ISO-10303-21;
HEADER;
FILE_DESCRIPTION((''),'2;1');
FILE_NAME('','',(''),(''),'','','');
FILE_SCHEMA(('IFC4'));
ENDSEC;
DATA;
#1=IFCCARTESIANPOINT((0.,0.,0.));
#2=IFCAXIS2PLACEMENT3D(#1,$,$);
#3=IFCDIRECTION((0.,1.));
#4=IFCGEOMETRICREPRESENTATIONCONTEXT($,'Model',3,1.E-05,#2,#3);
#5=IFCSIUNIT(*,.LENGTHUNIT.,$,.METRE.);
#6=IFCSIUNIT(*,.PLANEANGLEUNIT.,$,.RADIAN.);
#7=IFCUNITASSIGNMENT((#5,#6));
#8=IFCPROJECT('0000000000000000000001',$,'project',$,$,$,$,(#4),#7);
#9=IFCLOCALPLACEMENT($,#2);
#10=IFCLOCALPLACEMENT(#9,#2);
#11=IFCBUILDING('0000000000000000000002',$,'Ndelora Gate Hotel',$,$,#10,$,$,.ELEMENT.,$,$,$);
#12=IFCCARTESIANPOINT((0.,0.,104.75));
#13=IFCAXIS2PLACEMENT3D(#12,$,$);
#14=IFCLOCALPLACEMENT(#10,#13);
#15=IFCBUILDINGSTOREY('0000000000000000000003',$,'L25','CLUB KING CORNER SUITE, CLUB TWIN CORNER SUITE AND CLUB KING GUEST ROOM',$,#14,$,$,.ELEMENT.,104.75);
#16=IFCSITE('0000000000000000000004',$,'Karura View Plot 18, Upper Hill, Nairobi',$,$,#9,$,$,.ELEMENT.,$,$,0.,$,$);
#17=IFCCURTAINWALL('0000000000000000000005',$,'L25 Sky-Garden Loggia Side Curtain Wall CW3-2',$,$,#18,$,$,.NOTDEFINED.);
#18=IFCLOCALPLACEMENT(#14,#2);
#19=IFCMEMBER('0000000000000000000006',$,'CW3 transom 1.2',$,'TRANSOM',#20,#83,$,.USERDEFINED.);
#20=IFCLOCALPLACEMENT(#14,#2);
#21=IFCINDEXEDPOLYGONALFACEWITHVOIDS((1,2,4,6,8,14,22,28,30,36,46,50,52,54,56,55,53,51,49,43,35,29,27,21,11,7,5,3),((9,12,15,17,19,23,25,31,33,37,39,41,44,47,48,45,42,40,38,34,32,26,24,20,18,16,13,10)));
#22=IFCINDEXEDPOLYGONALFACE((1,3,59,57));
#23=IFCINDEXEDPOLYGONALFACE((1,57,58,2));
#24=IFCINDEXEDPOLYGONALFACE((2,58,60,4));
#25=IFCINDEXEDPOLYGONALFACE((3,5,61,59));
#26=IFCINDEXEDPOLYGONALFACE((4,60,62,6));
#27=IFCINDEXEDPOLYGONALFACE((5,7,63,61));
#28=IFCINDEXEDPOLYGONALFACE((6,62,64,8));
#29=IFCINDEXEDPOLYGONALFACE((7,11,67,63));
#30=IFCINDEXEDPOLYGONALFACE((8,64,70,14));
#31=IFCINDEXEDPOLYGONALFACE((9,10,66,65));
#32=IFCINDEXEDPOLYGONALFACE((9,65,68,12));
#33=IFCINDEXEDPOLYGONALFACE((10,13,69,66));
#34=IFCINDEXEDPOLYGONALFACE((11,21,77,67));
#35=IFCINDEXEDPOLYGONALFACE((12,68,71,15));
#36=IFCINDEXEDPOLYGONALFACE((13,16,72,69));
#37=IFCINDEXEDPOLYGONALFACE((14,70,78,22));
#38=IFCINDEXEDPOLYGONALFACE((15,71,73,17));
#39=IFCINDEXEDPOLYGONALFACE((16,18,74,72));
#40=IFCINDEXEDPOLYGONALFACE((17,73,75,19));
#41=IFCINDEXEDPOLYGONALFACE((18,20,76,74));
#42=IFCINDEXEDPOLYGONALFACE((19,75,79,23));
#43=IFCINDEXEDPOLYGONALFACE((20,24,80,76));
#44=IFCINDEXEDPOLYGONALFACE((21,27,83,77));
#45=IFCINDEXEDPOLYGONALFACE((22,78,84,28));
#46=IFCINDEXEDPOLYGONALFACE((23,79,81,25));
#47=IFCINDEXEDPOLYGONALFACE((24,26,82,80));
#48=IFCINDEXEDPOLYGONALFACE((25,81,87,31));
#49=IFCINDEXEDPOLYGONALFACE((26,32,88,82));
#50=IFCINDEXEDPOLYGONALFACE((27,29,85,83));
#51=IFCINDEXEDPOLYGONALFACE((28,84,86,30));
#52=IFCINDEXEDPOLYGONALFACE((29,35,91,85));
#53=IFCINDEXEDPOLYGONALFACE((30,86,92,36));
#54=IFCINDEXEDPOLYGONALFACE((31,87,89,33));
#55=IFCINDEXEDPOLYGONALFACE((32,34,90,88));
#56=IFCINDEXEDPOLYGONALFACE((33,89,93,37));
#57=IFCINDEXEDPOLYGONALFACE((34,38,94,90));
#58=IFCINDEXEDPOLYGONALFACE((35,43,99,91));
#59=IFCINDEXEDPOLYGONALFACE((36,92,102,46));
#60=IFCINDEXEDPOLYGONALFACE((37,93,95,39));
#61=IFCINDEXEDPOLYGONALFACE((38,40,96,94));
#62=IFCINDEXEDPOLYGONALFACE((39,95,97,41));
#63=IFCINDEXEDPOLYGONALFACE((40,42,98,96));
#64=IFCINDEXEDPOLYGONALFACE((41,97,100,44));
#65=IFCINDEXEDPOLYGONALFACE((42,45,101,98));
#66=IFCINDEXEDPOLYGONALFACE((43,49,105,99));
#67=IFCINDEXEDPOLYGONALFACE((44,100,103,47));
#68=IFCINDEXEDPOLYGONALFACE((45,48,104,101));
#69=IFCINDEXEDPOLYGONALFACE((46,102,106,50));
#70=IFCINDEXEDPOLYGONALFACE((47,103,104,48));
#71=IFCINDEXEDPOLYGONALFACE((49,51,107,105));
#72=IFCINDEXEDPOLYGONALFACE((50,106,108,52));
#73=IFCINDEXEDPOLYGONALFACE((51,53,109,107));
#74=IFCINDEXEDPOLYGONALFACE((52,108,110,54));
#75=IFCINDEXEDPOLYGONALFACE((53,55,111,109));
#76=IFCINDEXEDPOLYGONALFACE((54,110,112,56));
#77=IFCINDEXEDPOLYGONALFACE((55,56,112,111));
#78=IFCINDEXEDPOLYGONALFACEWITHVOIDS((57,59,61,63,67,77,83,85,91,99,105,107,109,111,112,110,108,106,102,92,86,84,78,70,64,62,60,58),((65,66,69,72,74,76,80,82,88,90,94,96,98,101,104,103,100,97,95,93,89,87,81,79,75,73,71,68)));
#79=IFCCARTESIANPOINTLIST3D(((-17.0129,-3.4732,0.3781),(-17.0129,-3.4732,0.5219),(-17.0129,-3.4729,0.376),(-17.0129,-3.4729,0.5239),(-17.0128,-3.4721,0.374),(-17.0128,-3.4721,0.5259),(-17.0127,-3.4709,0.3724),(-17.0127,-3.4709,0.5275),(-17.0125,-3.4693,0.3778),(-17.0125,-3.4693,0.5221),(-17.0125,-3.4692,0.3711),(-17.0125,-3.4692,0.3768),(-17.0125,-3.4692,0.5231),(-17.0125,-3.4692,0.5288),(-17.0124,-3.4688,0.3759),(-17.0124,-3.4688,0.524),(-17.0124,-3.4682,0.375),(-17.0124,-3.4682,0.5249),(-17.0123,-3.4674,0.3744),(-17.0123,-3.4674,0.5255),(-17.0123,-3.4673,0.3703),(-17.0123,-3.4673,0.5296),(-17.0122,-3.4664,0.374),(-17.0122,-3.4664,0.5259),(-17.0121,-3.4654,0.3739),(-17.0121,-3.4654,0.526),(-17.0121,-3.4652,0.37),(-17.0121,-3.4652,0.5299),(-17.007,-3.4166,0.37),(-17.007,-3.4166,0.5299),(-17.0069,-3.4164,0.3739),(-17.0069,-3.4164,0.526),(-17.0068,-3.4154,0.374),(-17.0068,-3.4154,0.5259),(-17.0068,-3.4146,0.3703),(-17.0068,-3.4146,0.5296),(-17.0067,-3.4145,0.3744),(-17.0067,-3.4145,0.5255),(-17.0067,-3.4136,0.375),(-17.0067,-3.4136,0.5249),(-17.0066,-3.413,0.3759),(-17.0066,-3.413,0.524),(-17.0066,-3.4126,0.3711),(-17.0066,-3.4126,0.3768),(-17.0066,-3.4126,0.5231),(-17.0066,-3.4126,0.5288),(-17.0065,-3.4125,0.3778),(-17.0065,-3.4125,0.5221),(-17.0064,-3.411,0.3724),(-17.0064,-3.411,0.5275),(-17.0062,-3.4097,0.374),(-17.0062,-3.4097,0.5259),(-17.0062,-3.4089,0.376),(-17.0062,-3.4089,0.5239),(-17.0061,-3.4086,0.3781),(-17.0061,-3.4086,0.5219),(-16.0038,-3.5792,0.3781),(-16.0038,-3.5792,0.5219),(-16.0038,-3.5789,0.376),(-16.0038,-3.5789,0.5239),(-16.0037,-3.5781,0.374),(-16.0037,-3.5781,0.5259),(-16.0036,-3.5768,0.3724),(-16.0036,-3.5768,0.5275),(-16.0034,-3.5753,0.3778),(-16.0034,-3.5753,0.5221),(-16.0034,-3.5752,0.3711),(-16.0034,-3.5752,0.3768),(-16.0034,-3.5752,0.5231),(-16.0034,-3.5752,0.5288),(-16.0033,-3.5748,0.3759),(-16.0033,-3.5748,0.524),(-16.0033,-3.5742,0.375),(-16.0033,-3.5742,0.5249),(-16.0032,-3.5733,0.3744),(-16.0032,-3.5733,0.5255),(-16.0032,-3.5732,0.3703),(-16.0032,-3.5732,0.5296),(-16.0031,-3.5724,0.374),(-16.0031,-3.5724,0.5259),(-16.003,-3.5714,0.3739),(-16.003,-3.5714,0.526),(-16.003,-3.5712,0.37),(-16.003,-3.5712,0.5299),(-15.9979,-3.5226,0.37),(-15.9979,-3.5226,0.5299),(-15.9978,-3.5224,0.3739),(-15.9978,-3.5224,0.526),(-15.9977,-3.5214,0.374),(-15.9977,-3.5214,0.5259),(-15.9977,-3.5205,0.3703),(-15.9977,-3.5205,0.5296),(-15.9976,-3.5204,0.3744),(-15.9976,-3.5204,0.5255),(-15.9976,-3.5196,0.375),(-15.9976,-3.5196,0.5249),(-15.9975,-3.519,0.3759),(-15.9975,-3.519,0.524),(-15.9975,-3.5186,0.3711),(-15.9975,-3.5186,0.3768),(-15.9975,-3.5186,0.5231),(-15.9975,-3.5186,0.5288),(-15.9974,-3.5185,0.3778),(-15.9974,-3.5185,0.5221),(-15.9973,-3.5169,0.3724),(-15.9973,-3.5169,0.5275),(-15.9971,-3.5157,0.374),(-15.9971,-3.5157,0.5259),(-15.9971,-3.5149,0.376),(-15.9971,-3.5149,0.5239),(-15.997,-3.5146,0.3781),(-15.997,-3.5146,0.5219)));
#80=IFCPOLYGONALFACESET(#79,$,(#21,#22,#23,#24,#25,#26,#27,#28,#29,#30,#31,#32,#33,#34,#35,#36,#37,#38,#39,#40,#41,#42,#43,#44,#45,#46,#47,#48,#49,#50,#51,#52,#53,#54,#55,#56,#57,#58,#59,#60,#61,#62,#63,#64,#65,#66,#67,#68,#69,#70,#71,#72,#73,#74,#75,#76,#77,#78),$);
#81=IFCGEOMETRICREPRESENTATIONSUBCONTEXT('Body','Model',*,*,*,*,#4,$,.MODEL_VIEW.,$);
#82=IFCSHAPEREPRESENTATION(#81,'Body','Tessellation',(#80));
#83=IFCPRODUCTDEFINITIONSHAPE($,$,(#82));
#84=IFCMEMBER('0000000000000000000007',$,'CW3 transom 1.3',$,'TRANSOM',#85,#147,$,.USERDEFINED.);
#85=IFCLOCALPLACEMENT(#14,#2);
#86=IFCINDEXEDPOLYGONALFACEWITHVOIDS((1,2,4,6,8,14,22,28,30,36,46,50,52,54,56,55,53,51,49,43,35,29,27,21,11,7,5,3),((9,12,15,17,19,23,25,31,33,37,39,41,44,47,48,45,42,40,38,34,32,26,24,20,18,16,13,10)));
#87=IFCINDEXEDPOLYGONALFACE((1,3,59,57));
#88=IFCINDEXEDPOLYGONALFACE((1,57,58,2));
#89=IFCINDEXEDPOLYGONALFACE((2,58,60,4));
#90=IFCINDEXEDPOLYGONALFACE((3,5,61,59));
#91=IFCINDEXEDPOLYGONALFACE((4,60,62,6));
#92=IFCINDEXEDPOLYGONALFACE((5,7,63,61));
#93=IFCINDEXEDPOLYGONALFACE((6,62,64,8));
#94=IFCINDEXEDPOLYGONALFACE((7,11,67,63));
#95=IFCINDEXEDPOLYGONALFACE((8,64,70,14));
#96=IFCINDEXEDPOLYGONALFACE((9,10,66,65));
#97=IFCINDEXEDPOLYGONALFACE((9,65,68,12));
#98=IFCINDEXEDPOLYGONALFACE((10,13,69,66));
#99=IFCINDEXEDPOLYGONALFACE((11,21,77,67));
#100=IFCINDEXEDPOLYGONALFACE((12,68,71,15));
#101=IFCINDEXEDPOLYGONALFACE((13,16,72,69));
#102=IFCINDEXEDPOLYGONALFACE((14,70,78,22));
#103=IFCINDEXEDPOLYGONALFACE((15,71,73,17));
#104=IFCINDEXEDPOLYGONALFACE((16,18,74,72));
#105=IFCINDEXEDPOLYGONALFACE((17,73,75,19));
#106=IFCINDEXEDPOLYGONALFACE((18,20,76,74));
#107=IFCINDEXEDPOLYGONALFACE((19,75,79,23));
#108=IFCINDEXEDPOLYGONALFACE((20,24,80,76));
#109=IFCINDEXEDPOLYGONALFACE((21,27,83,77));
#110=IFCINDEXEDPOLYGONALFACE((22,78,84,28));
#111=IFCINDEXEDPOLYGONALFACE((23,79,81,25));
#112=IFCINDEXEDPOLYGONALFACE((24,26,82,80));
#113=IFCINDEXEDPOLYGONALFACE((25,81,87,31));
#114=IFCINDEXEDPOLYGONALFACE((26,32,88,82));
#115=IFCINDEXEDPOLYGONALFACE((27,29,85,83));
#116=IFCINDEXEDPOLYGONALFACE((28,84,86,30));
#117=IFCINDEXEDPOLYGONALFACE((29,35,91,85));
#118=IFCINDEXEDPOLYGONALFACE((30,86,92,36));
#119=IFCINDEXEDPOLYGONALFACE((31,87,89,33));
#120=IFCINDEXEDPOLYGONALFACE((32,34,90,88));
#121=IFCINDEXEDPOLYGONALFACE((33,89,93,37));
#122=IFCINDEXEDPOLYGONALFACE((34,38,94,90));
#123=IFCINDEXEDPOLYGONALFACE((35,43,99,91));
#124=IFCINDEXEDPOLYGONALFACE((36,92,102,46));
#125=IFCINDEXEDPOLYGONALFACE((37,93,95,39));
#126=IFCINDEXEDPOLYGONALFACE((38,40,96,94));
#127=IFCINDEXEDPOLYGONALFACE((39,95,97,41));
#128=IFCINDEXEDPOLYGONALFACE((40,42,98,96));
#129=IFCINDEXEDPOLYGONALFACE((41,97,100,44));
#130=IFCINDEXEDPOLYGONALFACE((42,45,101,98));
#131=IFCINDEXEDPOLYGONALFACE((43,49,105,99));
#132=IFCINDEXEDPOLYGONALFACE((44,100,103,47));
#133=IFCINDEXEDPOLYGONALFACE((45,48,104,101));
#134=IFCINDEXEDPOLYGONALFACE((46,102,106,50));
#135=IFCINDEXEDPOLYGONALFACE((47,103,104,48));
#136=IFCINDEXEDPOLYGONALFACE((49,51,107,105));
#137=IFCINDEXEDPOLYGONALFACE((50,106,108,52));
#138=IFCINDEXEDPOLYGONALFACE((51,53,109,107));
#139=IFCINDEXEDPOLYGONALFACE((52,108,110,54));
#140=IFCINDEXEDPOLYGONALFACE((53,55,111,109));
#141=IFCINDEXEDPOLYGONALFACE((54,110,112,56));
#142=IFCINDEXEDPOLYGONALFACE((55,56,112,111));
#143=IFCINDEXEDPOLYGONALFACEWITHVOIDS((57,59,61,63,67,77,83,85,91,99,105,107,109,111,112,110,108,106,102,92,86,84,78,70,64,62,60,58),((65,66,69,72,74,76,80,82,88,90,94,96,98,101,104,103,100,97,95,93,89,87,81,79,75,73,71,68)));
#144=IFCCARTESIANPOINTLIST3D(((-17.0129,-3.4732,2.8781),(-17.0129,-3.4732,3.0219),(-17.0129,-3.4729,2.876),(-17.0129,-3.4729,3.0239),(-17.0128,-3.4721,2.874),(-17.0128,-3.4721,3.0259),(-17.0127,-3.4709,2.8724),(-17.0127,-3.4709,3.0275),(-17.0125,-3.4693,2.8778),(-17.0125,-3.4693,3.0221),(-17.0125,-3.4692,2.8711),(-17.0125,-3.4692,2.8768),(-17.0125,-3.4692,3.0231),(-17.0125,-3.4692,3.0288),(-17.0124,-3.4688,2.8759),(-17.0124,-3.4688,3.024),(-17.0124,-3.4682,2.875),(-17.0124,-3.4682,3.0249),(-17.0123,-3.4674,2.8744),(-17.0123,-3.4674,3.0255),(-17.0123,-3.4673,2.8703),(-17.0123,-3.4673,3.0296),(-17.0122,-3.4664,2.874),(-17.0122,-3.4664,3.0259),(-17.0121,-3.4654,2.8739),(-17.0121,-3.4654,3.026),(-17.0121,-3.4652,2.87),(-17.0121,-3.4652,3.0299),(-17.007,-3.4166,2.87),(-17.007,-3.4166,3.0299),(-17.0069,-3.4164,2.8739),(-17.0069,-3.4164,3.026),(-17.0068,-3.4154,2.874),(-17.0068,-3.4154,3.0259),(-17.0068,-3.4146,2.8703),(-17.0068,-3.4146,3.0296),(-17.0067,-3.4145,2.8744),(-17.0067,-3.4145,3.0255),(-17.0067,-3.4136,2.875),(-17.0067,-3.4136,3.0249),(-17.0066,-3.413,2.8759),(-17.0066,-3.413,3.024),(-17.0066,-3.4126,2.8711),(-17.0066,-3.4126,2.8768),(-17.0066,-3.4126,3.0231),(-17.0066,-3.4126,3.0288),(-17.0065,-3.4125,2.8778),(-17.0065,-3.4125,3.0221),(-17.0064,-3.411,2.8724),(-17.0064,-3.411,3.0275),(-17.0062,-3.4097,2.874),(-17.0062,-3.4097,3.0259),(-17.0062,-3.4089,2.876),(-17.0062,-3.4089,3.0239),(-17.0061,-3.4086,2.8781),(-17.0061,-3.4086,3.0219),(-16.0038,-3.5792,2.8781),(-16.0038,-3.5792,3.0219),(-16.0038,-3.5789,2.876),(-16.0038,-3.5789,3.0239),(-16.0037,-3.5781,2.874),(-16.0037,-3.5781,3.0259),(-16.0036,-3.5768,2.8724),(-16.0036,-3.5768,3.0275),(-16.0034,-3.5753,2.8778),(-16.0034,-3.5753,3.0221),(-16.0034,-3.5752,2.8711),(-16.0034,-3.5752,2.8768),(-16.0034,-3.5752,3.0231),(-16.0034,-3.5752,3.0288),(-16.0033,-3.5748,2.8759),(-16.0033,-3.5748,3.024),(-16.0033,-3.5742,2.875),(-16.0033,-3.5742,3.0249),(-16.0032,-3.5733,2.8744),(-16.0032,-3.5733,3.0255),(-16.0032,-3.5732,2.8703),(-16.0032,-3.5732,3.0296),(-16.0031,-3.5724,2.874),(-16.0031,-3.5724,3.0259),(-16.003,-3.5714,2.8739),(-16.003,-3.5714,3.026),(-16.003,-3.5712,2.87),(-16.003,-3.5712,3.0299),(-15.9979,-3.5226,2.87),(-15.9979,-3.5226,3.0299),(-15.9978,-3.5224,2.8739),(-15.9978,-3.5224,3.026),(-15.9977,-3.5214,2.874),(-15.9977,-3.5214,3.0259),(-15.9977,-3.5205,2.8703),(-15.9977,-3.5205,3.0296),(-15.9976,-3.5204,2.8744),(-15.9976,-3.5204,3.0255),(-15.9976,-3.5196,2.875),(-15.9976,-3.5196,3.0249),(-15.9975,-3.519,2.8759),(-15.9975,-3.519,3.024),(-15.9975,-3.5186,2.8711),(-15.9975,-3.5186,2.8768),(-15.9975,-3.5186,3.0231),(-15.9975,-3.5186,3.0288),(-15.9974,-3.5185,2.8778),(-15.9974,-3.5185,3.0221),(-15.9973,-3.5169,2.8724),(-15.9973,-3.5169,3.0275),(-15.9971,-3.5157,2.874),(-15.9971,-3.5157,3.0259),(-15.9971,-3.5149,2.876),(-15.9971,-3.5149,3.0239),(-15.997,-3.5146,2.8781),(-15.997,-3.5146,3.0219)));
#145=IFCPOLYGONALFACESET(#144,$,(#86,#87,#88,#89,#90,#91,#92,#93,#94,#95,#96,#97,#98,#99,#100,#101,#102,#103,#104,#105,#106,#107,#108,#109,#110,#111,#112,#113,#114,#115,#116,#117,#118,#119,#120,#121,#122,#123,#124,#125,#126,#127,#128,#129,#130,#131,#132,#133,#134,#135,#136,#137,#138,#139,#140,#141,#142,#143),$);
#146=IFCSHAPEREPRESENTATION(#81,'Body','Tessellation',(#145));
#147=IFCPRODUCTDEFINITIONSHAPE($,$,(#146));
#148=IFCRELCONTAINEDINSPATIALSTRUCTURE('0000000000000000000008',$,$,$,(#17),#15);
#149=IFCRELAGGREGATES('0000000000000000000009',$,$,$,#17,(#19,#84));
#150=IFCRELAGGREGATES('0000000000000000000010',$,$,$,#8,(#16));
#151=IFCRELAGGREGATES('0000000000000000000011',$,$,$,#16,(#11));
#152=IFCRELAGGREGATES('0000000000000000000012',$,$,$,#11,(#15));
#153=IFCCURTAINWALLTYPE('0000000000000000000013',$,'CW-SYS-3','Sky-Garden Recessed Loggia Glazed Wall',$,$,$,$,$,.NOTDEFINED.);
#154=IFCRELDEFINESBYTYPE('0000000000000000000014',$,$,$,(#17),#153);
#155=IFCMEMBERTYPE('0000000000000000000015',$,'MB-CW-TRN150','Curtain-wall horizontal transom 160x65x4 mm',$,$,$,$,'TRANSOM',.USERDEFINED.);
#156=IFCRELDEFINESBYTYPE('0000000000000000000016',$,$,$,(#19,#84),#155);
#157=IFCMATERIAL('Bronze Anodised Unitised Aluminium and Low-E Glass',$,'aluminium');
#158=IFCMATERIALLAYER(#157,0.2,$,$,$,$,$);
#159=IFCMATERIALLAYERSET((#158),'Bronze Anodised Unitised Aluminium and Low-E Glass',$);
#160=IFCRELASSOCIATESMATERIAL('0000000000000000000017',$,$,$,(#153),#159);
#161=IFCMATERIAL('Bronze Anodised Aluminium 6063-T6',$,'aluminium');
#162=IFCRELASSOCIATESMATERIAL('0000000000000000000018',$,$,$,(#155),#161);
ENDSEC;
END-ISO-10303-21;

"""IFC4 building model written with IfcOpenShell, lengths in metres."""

from ifc_helpers import new_model, si_unit, direction, frame, origin, origin_2d, place, context, subcontext, project, spatial, hollow_rectangle, extrude, material, layer, layer_set, material_profile, profile_set, type_object, element, aggregate, save


model = new_model("IFC4")

# Units and contexts
model_context = context("Model", 3, precision=1e-05, world=origin(), true_north=direction((0.0, 1.0)))
body_context = subcontext(model_context, "Body", "Model", "MODEL_VIEW")
ifc_project = project(units=[si_unit("LENGTHUNIT", "METRE"), si_unit("PLANEANGLEUNIT", "RADIAN")], contexts=[model_context])

# Site, building, storey
site_placement = place(None, origin())
site = spatial("IfcSite", under=ifc_project, at=site_placement, Name="Karura View Plot 18, Upper Hill, Nairobi", CompositionType="ELEMENT", RefElevation=0.0)
building_placement = place(site_placement, origin())
building = spatial("IfcBuilding", under=site, at=building_placement, Name="Ndelora Gate Hotel", CompositionType="ELEMENT")
storey_placement = place(building_placement, frame((0.0, 0.0, 104.75)))
storey = spatial("IfcBuildingStorey", under=building, at=storey_placement, Name="L25", Description="CLUB KING CORNER SUITE, CLUB TWIN CORNER SUITE AND CLUB KING GUEST ROOM", CompositionType="ELEMENT", Elevation=104.75)

# Curtain wall, members
ifc_material_1 = material(Name="Bronze Anodised Unitised Aluminium and Low-E Glass", Category="aluminium")
ifc_layer_1 = layer(ifc_material_1, 0.2)
ifc_layer_set_1 = layer_set([ifc_layer_1], Name="Bronze Anodised Unitised Aluminium and Low-E Glass")
curtain_wall_type = type_object("IfcCurtainWallType", Name="CW-SYS-3", Description="Sky-Garden Recessed Loggia Glazed Wall", PredefinedType="NOTDEFINED", material=ifc_layer_set_1)
curtain_wall_placement = place(storey_placement, origin())
curtain_wall = element("IfcCurtainWall", 1, at=curtain_wall_placement, inside=storey, type_object=curtain_wall_type, Name="L25 Sky-Garden Loggia Side Curtain Wall CW3-2", PredefinedType="NOTDEFINED")
ifc_material_2 = material(Name="Bronze Anodised Aluminium 6063-T6", Category="aluminium")
ifc_material_profile_1 = material_profile(ifc_material_2, hollow_rectangle(XDim=0.0649, YDim=0.1599, WallThickness=0.0039, InnerFilletRadius=0.0039, OuterFilletRadius=0.0081, at=origin_2d()), Name="ALU 160x65x4")
ifc_profile_set_1 = profile_set([ifc_material_profile_1], Name="Bronze Anodised Aluminium 6063-T6")
member_type_1 = type_object("IfcMemberType", Name="MB-CW-TRN150", Description="Curtain-wall horizontal transom 160x65x4 mm", ElementType="TRANSOM", PredefinedType="USERDEFINED", material=ifc_profile_set_1)
member_1_placement = place(storey_placement, frame((-17.0095, -3.4409, 0.45), z_axis=(0.994532, -0.104434, 0.0), x_axis=(0.104434, 0.994532, 0.0)))
member_1 = element("IfcMember", 2, at=member_1_placement, type_object=member_type_1, Name="CW3 transom 1.2", ObjectType="TRANSOM", PredefinedType="USERDEFINED", context=body_context, shape_type="SweptSolid", body=[
    extrude(hollow_rectangle(XDim=0.0649, YDim=0.1599, WallThickness=0.0039, InnerFilletRadius=0.0039, OuterFilletRadius=0.0081, at=origin_2d()), origin(), (0.0, 0.0, 1.0), 1.0146),
])
member_2_placement = place(storey_placement, frame((-17.0095, -3.4409, 2.95), z_axis=(0.994532, -0.104434, 0.0), x_axis=(0.104434, 0.994532, 0.0)))
member_2 = element("IfcMember", 3, at=member_2_placement, type_object=member_type_1, Name="CW3 transom 1.3", ObjectType="TRANSOM", PredefinedType="USERDEFINED", context=body_context, shape_type="SweptSolid", body=[
    extrude(hollow_rectangle(XDim=0.0649, YDim=0.1599, WallThickness=0.0039, InnerFilletRadius=0.0039, OuterFilletRadius=0.0081, at=origin_2d()), origin(), (0.0, 0.0, 1.0), 1.0146),
])
aggregate(curtain_wall, [member_1, member_2])

save(model, "model.ifc")
